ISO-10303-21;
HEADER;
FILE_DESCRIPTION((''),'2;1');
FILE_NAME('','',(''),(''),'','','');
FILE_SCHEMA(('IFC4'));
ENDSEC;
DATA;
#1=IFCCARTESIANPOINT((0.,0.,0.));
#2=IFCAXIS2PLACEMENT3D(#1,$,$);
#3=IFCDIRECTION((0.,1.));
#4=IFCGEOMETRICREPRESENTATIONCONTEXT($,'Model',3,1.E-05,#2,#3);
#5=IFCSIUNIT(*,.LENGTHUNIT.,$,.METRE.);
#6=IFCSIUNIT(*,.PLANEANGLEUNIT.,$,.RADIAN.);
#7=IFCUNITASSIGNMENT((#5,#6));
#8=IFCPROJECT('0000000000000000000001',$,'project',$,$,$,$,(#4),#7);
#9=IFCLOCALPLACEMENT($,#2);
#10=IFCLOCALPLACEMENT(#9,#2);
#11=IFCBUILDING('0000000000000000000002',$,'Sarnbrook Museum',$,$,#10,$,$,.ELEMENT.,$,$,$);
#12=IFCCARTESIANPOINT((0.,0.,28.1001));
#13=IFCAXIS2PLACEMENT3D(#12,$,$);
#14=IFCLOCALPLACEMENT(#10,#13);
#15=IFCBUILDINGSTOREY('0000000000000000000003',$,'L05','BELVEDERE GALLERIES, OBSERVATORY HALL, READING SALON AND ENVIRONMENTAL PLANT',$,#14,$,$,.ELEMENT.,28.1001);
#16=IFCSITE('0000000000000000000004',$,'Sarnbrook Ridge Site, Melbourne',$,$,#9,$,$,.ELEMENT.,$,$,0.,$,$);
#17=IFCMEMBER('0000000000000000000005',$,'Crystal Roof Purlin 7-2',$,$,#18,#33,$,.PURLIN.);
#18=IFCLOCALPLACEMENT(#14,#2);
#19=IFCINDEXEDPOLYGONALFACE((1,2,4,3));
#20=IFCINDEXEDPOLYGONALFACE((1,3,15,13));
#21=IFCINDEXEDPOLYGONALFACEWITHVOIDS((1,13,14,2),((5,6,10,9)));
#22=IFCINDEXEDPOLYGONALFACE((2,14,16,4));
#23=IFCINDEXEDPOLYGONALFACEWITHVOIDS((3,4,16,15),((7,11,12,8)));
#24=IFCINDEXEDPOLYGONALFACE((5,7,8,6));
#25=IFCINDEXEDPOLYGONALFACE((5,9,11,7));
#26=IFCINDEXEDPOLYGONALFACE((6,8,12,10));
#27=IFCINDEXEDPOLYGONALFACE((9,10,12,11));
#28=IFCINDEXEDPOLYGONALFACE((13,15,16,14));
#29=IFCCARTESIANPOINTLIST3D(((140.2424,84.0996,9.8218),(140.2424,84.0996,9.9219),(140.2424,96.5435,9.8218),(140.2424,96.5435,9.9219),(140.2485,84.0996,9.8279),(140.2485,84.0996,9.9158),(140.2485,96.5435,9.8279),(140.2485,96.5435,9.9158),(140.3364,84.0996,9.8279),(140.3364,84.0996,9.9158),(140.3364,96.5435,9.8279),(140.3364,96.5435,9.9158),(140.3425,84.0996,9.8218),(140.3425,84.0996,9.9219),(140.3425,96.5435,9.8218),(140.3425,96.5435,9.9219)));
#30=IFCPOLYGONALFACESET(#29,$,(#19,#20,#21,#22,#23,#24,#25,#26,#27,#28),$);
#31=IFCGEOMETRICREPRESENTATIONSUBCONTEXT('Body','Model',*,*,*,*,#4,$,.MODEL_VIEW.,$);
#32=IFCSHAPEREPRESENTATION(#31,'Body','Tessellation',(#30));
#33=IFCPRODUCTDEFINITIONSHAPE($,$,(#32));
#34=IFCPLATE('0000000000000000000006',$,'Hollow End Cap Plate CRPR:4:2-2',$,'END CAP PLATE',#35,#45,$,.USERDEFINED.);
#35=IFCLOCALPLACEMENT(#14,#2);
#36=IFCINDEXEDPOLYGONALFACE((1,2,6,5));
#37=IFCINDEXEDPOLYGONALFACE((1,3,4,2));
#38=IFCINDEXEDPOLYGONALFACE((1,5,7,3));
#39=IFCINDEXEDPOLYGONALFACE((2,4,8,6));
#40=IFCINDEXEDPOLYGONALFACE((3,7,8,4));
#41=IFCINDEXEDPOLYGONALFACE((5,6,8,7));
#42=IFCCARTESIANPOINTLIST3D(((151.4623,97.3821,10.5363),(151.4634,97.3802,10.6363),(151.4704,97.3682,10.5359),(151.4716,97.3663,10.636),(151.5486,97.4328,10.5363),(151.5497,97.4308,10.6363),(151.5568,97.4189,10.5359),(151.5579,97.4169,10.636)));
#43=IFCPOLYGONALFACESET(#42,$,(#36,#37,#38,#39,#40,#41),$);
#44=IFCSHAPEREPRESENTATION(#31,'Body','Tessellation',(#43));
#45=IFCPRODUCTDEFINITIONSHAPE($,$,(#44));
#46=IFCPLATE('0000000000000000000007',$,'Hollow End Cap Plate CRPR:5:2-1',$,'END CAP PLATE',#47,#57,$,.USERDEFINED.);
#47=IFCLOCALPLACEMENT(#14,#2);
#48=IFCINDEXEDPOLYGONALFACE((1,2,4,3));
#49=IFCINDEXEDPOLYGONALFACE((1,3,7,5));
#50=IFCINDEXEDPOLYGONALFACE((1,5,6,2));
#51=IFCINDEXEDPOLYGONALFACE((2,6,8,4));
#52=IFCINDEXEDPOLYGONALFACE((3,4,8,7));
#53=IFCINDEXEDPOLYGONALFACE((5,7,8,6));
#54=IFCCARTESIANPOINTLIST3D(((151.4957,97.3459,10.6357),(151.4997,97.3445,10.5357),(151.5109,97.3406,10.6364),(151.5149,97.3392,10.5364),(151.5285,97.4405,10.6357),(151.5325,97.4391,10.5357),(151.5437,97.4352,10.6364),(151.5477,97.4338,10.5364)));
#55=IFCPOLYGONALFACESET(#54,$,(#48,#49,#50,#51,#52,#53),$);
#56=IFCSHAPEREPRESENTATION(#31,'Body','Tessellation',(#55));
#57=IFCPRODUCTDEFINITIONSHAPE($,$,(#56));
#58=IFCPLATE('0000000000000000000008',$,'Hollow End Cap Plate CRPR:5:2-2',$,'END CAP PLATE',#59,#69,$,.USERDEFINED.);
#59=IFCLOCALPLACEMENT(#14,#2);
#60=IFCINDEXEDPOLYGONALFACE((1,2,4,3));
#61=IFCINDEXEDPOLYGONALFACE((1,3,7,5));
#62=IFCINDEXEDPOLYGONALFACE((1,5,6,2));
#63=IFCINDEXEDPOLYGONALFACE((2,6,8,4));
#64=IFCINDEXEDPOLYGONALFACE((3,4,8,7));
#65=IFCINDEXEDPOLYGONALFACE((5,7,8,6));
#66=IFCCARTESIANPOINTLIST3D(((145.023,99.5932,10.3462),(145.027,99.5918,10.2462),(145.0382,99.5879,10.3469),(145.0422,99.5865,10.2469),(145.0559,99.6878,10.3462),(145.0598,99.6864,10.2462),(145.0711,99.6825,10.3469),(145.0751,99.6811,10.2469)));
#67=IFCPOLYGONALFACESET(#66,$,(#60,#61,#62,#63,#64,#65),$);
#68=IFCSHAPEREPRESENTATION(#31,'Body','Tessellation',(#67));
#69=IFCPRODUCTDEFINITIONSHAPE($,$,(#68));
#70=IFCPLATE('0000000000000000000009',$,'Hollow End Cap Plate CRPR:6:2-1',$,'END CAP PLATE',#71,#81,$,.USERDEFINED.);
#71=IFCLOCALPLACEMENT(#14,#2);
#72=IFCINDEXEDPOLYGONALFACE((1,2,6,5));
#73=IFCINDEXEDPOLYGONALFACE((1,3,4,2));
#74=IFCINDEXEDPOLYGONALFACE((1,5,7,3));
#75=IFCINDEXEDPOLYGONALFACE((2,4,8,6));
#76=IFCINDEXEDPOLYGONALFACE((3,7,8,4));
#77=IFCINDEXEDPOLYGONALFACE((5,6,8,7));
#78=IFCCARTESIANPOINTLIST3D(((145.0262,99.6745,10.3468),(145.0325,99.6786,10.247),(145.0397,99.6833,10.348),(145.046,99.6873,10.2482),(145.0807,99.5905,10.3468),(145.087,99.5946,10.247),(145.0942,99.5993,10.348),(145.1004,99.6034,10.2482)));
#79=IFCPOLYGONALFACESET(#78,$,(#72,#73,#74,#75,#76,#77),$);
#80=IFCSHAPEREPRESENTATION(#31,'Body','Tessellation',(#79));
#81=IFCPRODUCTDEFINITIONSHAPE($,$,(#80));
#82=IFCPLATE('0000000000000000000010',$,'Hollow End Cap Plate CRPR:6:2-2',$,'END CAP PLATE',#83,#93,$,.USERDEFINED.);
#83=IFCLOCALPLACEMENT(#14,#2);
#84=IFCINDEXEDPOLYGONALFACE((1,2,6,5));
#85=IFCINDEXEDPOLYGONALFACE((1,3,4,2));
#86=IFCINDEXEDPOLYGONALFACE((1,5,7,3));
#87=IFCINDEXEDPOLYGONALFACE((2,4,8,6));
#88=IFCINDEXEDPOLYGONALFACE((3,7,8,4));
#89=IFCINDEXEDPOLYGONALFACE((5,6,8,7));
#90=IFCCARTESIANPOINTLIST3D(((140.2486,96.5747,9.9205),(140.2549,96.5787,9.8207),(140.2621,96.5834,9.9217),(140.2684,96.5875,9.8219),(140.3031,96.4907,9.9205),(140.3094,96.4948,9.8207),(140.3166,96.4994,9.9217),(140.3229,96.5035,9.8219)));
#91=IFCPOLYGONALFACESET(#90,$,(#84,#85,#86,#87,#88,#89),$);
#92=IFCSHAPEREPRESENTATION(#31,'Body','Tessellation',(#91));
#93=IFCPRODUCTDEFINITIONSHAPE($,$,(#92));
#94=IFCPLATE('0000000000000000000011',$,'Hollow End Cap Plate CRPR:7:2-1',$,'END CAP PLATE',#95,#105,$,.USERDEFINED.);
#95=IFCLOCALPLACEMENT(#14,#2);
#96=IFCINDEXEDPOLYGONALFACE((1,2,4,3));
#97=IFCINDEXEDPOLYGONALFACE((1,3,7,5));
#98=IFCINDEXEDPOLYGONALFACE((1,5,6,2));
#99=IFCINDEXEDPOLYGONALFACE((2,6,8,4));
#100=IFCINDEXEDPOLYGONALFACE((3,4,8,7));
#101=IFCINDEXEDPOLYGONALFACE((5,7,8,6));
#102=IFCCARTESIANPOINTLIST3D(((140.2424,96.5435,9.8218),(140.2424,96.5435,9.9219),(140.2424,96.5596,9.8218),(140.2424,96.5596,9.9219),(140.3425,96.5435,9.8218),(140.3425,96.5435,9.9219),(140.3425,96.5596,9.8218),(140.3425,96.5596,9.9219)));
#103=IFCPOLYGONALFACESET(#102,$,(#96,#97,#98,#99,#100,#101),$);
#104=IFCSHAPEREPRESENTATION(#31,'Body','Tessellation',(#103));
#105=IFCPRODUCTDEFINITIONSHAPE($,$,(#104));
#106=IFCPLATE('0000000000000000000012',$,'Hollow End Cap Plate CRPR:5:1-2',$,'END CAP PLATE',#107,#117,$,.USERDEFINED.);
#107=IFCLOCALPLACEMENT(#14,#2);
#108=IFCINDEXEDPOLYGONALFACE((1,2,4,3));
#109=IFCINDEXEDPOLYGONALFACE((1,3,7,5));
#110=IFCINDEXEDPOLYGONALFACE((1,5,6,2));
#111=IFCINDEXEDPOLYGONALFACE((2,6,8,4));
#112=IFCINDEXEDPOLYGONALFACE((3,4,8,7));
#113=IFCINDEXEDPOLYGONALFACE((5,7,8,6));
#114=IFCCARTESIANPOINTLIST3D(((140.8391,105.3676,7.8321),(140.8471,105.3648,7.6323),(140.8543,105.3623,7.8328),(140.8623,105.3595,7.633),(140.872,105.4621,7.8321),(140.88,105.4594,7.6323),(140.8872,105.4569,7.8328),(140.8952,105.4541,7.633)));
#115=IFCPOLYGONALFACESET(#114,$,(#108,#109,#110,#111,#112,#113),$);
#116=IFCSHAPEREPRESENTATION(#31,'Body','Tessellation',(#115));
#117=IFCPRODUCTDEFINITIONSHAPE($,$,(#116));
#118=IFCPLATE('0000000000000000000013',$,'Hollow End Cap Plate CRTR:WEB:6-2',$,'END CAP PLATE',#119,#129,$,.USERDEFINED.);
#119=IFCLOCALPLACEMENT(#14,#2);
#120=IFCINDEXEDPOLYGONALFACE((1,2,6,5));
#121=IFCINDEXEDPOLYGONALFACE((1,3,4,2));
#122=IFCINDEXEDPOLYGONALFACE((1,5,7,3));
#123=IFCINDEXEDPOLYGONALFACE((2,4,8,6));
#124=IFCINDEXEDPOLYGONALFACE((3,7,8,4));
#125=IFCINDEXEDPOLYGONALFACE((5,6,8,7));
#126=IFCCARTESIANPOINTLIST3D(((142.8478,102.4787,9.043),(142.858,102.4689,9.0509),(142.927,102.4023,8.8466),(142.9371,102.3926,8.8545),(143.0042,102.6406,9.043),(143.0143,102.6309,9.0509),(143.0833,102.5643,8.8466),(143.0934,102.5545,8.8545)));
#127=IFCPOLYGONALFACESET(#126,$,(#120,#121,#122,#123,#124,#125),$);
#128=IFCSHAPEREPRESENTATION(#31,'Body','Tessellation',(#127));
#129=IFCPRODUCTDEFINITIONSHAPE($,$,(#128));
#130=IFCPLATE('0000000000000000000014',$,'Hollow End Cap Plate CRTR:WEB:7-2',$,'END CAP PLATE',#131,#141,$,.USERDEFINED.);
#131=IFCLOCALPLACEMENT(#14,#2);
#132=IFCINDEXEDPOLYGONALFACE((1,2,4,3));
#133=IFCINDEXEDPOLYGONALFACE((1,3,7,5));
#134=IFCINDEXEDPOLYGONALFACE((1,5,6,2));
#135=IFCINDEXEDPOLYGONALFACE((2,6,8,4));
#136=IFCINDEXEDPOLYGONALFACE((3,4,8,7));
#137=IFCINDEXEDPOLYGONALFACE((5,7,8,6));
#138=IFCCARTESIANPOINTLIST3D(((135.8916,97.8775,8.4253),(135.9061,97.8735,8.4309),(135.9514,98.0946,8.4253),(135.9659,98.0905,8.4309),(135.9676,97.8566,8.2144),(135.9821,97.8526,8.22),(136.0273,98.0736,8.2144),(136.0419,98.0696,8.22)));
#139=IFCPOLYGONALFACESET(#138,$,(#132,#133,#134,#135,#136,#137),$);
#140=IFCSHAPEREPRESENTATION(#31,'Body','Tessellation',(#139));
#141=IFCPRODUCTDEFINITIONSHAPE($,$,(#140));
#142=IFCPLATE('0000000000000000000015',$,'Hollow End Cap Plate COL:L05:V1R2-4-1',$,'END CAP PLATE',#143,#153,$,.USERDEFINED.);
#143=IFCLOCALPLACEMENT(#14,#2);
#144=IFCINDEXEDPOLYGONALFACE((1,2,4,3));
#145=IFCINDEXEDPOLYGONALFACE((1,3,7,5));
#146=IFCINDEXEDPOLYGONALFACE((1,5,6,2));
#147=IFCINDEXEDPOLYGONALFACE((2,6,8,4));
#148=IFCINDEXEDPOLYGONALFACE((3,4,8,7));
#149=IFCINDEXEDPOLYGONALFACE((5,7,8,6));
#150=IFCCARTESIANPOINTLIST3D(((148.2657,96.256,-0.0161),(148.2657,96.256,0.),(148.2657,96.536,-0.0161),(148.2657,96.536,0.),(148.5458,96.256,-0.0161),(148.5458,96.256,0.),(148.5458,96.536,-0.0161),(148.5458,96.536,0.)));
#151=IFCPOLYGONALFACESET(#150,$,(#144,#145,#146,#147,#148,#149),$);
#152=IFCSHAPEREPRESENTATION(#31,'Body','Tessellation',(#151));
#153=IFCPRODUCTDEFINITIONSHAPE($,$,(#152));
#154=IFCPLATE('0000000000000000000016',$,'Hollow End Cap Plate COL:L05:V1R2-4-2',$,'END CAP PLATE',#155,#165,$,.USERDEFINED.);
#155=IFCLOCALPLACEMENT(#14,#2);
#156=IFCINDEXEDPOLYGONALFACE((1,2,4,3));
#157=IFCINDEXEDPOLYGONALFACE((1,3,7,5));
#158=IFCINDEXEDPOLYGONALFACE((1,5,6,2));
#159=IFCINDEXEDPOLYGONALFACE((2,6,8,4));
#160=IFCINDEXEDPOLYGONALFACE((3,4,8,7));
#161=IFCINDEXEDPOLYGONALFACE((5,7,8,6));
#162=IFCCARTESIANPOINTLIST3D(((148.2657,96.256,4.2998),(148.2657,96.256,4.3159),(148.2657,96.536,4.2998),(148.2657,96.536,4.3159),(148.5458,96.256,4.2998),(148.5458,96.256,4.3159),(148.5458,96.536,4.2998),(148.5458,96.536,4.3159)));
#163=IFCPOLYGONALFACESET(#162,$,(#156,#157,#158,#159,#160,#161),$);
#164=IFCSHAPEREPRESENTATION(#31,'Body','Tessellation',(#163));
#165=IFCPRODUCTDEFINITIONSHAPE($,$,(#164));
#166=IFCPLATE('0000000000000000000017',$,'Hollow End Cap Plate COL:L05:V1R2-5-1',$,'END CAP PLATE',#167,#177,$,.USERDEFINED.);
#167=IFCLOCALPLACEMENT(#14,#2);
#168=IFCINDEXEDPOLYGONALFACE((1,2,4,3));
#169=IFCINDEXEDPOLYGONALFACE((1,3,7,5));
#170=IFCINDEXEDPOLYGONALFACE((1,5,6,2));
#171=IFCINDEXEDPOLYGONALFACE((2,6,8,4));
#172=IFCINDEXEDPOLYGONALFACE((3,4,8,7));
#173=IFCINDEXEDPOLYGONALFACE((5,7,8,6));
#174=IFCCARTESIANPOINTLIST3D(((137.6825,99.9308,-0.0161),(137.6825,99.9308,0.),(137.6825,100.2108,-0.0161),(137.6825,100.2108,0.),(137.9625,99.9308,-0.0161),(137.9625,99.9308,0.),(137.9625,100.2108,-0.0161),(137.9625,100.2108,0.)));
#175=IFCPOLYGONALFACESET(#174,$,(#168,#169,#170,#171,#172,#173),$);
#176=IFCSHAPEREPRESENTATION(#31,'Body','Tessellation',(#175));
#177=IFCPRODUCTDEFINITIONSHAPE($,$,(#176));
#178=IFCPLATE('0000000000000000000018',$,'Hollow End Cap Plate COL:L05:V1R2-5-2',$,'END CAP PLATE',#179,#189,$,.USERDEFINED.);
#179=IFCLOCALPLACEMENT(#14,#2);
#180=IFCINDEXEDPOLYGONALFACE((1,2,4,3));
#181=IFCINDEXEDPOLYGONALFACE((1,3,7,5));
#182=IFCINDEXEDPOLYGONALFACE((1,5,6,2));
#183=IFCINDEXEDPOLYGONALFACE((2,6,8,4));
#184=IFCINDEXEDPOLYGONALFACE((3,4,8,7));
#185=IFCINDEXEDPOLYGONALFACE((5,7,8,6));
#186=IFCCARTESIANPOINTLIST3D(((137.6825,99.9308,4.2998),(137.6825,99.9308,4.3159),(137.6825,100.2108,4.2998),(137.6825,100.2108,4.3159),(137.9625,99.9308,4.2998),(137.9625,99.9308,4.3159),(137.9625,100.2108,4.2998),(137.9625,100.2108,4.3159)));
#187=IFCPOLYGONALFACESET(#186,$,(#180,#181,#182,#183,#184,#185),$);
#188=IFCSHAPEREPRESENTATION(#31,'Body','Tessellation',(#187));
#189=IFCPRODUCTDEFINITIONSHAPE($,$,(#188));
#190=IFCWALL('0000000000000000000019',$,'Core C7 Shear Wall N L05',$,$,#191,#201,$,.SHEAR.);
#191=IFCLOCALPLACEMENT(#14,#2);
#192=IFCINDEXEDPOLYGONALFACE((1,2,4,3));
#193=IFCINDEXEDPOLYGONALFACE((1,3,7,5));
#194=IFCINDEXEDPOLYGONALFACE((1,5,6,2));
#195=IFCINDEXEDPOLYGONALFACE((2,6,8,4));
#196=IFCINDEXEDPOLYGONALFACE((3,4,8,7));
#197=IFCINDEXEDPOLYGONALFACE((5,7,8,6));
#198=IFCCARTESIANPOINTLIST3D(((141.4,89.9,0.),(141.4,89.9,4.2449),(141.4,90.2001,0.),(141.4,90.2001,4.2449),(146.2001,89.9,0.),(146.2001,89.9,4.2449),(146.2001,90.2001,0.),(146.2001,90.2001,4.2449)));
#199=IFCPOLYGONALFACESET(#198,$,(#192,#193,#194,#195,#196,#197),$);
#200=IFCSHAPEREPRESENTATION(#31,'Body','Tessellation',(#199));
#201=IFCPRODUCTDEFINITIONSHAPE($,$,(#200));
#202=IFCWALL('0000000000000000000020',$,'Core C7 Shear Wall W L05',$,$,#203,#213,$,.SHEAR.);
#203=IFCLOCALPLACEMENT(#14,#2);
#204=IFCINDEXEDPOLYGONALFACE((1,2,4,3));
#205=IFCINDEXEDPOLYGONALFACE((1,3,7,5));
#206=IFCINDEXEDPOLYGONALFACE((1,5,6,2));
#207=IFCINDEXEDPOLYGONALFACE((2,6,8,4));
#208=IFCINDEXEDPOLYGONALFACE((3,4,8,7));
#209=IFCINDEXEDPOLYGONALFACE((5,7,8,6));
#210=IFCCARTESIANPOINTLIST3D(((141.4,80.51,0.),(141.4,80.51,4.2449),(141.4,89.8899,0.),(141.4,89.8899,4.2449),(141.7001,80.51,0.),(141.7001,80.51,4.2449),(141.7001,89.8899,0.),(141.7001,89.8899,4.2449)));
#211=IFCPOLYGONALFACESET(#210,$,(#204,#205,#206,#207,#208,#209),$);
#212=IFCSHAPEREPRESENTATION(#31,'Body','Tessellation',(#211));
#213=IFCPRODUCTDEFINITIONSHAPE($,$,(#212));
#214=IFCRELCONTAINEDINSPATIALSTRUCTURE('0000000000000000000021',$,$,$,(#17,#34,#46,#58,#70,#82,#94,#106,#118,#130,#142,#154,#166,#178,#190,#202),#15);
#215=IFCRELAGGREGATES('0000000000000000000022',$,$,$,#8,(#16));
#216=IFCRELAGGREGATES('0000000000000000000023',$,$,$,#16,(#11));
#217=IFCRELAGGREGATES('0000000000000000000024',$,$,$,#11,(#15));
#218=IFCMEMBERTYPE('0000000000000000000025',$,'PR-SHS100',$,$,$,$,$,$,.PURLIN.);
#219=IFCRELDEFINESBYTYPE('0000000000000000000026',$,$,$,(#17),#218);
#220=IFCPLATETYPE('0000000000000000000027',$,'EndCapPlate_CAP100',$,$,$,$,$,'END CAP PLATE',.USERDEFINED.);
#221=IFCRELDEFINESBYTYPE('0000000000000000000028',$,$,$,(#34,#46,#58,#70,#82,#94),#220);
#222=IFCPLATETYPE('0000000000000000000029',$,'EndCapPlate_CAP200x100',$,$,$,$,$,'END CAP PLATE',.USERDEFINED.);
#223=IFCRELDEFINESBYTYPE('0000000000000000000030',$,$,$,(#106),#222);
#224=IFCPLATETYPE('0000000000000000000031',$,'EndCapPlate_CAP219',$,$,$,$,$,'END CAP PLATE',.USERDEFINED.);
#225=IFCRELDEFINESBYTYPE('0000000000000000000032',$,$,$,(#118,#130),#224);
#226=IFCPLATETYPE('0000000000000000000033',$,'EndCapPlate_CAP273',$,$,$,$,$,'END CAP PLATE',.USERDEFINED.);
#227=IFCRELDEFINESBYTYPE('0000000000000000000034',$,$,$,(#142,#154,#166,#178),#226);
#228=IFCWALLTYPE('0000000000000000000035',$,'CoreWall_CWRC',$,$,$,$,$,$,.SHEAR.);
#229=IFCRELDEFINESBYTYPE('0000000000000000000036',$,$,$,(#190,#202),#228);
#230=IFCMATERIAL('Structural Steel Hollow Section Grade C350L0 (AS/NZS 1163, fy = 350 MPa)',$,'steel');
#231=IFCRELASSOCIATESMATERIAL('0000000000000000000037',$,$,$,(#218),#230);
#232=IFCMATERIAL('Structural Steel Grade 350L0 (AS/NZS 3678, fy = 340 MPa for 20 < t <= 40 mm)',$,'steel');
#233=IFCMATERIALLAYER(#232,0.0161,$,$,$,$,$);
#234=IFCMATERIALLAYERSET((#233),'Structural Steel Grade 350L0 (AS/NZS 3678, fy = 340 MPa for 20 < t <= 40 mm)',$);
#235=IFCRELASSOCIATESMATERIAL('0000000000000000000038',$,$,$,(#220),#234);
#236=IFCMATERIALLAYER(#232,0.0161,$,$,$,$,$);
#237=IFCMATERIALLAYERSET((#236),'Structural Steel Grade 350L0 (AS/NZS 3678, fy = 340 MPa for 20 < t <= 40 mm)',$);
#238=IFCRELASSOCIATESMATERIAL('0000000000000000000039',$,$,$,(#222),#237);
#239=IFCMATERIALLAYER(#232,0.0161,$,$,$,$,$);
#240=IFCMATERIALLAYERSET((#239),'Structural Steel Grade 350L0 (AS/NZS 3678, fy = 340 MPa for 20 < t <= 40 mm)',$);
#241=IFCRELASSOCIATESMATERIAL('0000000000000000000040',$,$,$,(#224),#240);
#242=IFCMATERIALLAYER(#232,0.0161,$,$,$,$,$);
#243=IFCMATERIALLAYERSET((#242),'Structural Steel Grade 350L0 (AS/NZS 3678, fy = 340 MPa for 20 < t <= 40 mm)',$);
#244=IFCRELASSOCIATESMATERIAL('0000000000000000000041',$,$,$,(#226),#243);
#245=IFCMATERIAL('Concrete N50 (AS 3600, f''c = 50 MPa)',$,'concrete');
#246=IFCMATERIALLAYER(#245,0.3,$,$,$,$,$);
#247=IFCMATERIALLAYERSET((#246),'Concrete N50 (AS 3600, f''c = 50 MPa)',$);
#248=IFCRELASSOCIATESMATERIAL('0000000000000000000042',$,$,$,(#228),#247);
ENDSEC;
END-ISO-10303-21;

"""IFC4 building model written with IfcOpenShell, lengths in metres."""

from ifc_helpers import new_model, si_unit, direction, frame, frame_2d, origin, origin_2d, place, context, subcontext, project, spatial, rectangle, hollow_rectangle, extrude, material, layer, layer_set, material_profile, profile_set, type_object, element, save


model = new_model("IFC4")

# Units and contexts
model_context = context("Model", 3, precision=1e-05, world=origin(), true_north=direction((0.0, 1.0)))
body_context = subcontext(model_context, "Body", "Model", "MODEL_VIEW")
ifc_project = project(units=[si_unit("LENGTHUNIT", "METRE"), si_unit("PLANEANGLEUNIT", "RADIAN")], contexts=[model_context])

# Site, building, storey
site_placement = place(None, origin())
site = spatial("IfcSite", under=ifc_project, at=site_placement, Name="Sarnbrook Ridge Site, Melbourne", CompositionType="ELEMENT", RefElevation=0.0)
building_placement = place(site_placement, origin())
building = spatial("IfcBuilding", under=site, at=building_placement, Name="Sarnbrook Museum", CompositionType="ELEMENT")
storey_placement = place(building_placement, frame((0.0, 0.0, 28.1001)))
storey = spatial("IfcBuildingStorey", under=building, at=storey_placement, Name="L05", Description="BELVEDERE GALLERIES, OBSERVATORY HALL, READING SALON AND ENVIRONMENTAL PLANT", CompositionType="ELEMENT", Elevation=28.1001)

# Shared definitions
ifc_material_1 = material(Name="Structural Steel Hollow Section Grade C350L0 (AS/NZS 1163, fy = 350 MPa)", Category="steel")

# Member
ifc_material_2 = material(Name="Structural Steel Grade 350L0 (AS/NZS 3678, fy = 340 MPa for 20 < t <= 40 mm)", Category="steel")
ifc_material_profile_1 = material_profile(ifc_material_1, hollow_rectangle(XDim=0.1001, YDim=0.1001, WallThickness=0.0061, at=origin_2d()), Name="100x100x6.0SHS")
ifc_profile_set_1 = profile_set([ifc_material_profile_1], Name="Structural Steel Hollow Section Grade C350L0 (AS/NZS 1163, fy = 350 MPa)")
member_type_1 = type_object("IfcMemberType", Name="PR-SHS100", PredefinedType="PURLIN", material=ifc_profile_set_1)
member_1_placement = place(storey_placement, frame((140.2925, 96.5435, 9.8718), z_axis=(0.0, -1.0, 0.0), x_axis=(1.0, 0.0, 0.0)))
element("IfcMember", 1, at=member_1_placement, inside=storey, type_object=member_type_1, Name="Crystal Roof Purlin 7-2", PredefinedType="PURLIN", context=body_context, shape_type="SweptSolid", body=[
    extrude(hollow_rectangle(XDim=0.1001, YDim=0.1001, WallThickness=0.0061, at=origin_2d()), origin(), (0.0, 0.0, 1.0), 12.4438),
])

# Plates
ifc_layer_1 = layer(ifc_material_2, 0.0161)
ifc_layer_set_1 = layer_set([ifc_layer_1], Name="Structural Steel Grade 350L0 (AS/NZS 3678, fy = 340 MPa for 20 < t <= 40 mm)")
plate_type_1 = type_object("IfcPlateType", Name="EndCapPlate_CAP100", ElementType="END CAP PLATE", PredefinedType="USERDEFINED", material=ifc_layer_set_1)
for number, where, z_axis, x_axis, name in (
    (2, (151.5142, 97.3926, 10.5859), (-0.505933, 0.862283, 0.022337), (-0.862499, -0.506059, 0.0), "Hollow End Cap Plate CRPR:4:2-2"),
    (3, (151.5293, 97.3872, 10.5864), (-0.94383, 0.327721, -0.04224), (-0.328013, -0.944673, 0.0), "Hollow End Cap Plate CRPR:5:2-1"),
    (4, (145.0566, 99.6345, 10.2969), (-0.94383, 0.327721, -0.04224), (-0.328013, -0.944673, 0.0), "Hollow End Cap Plate CRPR:5:2-2"),
    (5, (145.0701, 99.6433, 10.2981), (-0.836557, -0.542774, -0.074627), (0.544291, -0.838896, 0.0), "Hollow End Cap Plate CRPR:6:2-1"),
    (6, (140.2925, 96.5435, 9.8718), (-0.836557, -0.542774, -0.074627), (0.544291, -0.838896, 0.0), "Hollow End Cap Plate CRPR:6:2-2"),
    (7, (140.2925, 96.5596, 9.8718), (0.0, -1.0, 0.0), (1.0, 0.0, 0.0), "Hollow End Cap Plate CRPR:7:2-1"),
):
    element("IfcPlate", number, at=place(storey_placement, frame(where, z_axis=z_axis, x_axis=x_axis)), inside=storey, type_object=plate_type_1, Name=name, ObjectType="END CAP PLATE", PredefinedType="USERDEFINED", context=body_context, shape_type="SweptSolid", body=[
        extrude(rectangle(XDim=0.1001, YDim=0.1001, at=origin_2d()), origin(), (0.0, 0.0, 1.0), 0.0161),
    ])
ifc_layer_2 = layer(ifc_material_2, 0.0161)
ifc_layer_set_2 = layer_set([ifc_layer_2], Name="Structural Steel Grade 350L0 (AS/NZS 3678, fy = 340 MPa for 20 < t <= 40 mm)")
plate_type_2 = type_object("IfcPlateType", Name="EndCapPlate_CAP200x100", ElementType="END CAP PLATE", PredefinedType="USERDEFINED", material=ifc_layer_set_2)
plate_placement = place(storey_placement, frame((140.8748, 105.4082, 7.7329), z_axis=(-0.943831, 0.327717, -0.042241), x_axis=(-0.32801, -0.944674, 0.0)))
element("IfcPlate", 8, at=plate_placement, inside=storey, type_object=plate_type_2, Name="Hollow End Cap Plate CRPR:5:1-2", ObjectType="END CAP PLATE", PredefinedType="USERDEFINED", context=body_context, shape_type="SweptSolid", body=[
    extrude(rectangle(XDim=0.1001, YDim=0.2, at=origin_2d()), origin(), (0.0, 0.0, 1.0), 0.0161),
])
ifc_layer_3 = layer(ifc_material_2, 0.0161)
ifc_layer_set_3 = layer_set([ifc_layer_3], Name="Structural Steel Grade 350L0 (AS/NZS 3678, fy = 340 MPa for 20 < t <= 40 mm)")
plate_type_3 = type_object("IfcPlateType", Name="EndCapPlate_CAP219", ElementType="END CAP PLATE", PredefinedType="USERDEFINED", material=ifc_layer_set_3)
for number, where, z_axis, x_axis, name in (
    (9, (142.9656, 102.5215, 8.9448), (0.627768, -0.606005, 0.488533), (0.694526, 0.719467, 0.0), "Hollow End Cap Plate CRTR:WEB:6-2"),
    (10, (135.9595, 97.9756, 8.3198), (0.903088, -0.248856, 0.350005), (0.265659, 0.964067, 0.0), "Hollow End Cap Plate CRTR:WEB:7-2"),
):
    element("IfcPlate", number, at=place(storey_placement, frame(where, z_axis=z_axis, x_axis=x_axis)), inside=storey, type_object=plate_type_3, Name=name, ObjectType="END CAP PLATE", PredefinedType="USERDEFINED", context=body_context, shape_type="SweptSolid", body=[
        extrude(rectangle(XDim=0.2251, YDim=0.2251, at=origin_2d()), origin(), (0.0, 0.0, 1.0), 0.0161),
    ])
ifc_layer_4 = layer(ifc_material_2, 0.0161)
ifc_layer_set_4 = layer_set([ifc_layer_4], Name="Structural Steel Grade 350L0 (AS/NZS 3678, fy = 340 MPa for 20 < t <= 40 mm)")
plate_type_4 = type_object("IfcPlateType", Name="EndCapPlate_CAP273", ElementType="END CAP PLATE", PredefinedType="USERDEFINED", material=ifc_layer_set_4)
for number, where, z_axis, x_axis, name in (
    (11, (148.4058, 96.396, -0.0161), (0.0, 0.0, 1.0), (1.0, 0.0, 0.0), "Hollow End Cap Plate COL:L05:V1R2-4-1"),
    (12, (148.4058, 96.396, 4.2998), (0.0, 0.0, 1.0), (1.0, 0.0, 0.0), "Hollow End Cap Plate COL:L05:V1R2-4-2"),
    (13, (137.8225, 100.0708, -0.0161), (0.0, 0.0, 1.0), (1.0, 0.0, 0.0), "Hollow End Cap Plate COL:L05:V1R2-5-1"),
    (14, (137.8225, 100.0708, 4.2998), (0.0, 0.0, 1.0), (1.0, 0.0, 0.0), "Hollow End Cap Plate COL:L05:V1R2-5-2"),
):
    element("IfcPlate", number, at=place(storey_placement, frame(where, z_axis=z_axis, x_axis=x_axis)), inside=storey, type_object=plate_type_4, Name=name, ObjectType="END CAP PLATE", PredefinedType="USERDEFINED", context=body_context, shape_type="SweptSolid", body=[
        extrude(rectangle(XDim=0.28, YDim=0.28, at=origin_2d()), origin(), (0.0, 0.0, 1.0), 0.0161),
    ])

# Walls
ifc_material_3 = material(Name="Concrete N50 (AS 3600, f'c = 50 MPa)", Category="concrete")
ifc_layer_5 = layer(ifc_material_3, 0.3)
ifc_layer_set_5 = layer_set([ifc_layer_5], Name="Concrete N50 (AS 3600, f'c = 50 MPa)")
wall_type_1 = type_object("IfcWallType", Name="CoreWall_CWRC", PredefinedType="SHEAR", material=ifc_layer_set_5)
wall_1_placement = place(storey_placement, frame((146.2, 90.05, 0.0), z_axis=(0.0, 0.0, 1.0), x_axis=(-1.0, 0.0, 0.0)))
element("IfcWall", 15, at=wall_1_placement, inside=storey, type_object=wall_type_1, Name="Core C7 Shear Wall N L05", PredefinedType="SHEAR", context=body_context, shape_type="SweptSolid", body=[
    extrude(rectangle(XDim=4.8, YDim=0.3, at=frame_2d((2.3999, 0.0))), origin(), (0.0, 0.0, 1.0), 4.2449),
])
wall_2_placement = place(storey_placement, frame((141.55, 89.8899, 0.0), z_axis=(0.0, 0.0, 1.0), x_axis=(0.0, -1.0, 0.0)))
element("IfcWall", 16, at=wall_2_placement, inside=storey, type_object=wall_type_1, Name="Core C7 Shear Wall W L05", PredefinedType="SHEAR", context=body_context, shape_type="SweptSolid", body=[
    extrude(rectangle(XDim=9.3799, YDim=0.3, at=frame_2d((4.6899, 0.0))), origin(), (0.0, 0.0, 1.0), 4.2449),
])

save(model, "model.ifc")
